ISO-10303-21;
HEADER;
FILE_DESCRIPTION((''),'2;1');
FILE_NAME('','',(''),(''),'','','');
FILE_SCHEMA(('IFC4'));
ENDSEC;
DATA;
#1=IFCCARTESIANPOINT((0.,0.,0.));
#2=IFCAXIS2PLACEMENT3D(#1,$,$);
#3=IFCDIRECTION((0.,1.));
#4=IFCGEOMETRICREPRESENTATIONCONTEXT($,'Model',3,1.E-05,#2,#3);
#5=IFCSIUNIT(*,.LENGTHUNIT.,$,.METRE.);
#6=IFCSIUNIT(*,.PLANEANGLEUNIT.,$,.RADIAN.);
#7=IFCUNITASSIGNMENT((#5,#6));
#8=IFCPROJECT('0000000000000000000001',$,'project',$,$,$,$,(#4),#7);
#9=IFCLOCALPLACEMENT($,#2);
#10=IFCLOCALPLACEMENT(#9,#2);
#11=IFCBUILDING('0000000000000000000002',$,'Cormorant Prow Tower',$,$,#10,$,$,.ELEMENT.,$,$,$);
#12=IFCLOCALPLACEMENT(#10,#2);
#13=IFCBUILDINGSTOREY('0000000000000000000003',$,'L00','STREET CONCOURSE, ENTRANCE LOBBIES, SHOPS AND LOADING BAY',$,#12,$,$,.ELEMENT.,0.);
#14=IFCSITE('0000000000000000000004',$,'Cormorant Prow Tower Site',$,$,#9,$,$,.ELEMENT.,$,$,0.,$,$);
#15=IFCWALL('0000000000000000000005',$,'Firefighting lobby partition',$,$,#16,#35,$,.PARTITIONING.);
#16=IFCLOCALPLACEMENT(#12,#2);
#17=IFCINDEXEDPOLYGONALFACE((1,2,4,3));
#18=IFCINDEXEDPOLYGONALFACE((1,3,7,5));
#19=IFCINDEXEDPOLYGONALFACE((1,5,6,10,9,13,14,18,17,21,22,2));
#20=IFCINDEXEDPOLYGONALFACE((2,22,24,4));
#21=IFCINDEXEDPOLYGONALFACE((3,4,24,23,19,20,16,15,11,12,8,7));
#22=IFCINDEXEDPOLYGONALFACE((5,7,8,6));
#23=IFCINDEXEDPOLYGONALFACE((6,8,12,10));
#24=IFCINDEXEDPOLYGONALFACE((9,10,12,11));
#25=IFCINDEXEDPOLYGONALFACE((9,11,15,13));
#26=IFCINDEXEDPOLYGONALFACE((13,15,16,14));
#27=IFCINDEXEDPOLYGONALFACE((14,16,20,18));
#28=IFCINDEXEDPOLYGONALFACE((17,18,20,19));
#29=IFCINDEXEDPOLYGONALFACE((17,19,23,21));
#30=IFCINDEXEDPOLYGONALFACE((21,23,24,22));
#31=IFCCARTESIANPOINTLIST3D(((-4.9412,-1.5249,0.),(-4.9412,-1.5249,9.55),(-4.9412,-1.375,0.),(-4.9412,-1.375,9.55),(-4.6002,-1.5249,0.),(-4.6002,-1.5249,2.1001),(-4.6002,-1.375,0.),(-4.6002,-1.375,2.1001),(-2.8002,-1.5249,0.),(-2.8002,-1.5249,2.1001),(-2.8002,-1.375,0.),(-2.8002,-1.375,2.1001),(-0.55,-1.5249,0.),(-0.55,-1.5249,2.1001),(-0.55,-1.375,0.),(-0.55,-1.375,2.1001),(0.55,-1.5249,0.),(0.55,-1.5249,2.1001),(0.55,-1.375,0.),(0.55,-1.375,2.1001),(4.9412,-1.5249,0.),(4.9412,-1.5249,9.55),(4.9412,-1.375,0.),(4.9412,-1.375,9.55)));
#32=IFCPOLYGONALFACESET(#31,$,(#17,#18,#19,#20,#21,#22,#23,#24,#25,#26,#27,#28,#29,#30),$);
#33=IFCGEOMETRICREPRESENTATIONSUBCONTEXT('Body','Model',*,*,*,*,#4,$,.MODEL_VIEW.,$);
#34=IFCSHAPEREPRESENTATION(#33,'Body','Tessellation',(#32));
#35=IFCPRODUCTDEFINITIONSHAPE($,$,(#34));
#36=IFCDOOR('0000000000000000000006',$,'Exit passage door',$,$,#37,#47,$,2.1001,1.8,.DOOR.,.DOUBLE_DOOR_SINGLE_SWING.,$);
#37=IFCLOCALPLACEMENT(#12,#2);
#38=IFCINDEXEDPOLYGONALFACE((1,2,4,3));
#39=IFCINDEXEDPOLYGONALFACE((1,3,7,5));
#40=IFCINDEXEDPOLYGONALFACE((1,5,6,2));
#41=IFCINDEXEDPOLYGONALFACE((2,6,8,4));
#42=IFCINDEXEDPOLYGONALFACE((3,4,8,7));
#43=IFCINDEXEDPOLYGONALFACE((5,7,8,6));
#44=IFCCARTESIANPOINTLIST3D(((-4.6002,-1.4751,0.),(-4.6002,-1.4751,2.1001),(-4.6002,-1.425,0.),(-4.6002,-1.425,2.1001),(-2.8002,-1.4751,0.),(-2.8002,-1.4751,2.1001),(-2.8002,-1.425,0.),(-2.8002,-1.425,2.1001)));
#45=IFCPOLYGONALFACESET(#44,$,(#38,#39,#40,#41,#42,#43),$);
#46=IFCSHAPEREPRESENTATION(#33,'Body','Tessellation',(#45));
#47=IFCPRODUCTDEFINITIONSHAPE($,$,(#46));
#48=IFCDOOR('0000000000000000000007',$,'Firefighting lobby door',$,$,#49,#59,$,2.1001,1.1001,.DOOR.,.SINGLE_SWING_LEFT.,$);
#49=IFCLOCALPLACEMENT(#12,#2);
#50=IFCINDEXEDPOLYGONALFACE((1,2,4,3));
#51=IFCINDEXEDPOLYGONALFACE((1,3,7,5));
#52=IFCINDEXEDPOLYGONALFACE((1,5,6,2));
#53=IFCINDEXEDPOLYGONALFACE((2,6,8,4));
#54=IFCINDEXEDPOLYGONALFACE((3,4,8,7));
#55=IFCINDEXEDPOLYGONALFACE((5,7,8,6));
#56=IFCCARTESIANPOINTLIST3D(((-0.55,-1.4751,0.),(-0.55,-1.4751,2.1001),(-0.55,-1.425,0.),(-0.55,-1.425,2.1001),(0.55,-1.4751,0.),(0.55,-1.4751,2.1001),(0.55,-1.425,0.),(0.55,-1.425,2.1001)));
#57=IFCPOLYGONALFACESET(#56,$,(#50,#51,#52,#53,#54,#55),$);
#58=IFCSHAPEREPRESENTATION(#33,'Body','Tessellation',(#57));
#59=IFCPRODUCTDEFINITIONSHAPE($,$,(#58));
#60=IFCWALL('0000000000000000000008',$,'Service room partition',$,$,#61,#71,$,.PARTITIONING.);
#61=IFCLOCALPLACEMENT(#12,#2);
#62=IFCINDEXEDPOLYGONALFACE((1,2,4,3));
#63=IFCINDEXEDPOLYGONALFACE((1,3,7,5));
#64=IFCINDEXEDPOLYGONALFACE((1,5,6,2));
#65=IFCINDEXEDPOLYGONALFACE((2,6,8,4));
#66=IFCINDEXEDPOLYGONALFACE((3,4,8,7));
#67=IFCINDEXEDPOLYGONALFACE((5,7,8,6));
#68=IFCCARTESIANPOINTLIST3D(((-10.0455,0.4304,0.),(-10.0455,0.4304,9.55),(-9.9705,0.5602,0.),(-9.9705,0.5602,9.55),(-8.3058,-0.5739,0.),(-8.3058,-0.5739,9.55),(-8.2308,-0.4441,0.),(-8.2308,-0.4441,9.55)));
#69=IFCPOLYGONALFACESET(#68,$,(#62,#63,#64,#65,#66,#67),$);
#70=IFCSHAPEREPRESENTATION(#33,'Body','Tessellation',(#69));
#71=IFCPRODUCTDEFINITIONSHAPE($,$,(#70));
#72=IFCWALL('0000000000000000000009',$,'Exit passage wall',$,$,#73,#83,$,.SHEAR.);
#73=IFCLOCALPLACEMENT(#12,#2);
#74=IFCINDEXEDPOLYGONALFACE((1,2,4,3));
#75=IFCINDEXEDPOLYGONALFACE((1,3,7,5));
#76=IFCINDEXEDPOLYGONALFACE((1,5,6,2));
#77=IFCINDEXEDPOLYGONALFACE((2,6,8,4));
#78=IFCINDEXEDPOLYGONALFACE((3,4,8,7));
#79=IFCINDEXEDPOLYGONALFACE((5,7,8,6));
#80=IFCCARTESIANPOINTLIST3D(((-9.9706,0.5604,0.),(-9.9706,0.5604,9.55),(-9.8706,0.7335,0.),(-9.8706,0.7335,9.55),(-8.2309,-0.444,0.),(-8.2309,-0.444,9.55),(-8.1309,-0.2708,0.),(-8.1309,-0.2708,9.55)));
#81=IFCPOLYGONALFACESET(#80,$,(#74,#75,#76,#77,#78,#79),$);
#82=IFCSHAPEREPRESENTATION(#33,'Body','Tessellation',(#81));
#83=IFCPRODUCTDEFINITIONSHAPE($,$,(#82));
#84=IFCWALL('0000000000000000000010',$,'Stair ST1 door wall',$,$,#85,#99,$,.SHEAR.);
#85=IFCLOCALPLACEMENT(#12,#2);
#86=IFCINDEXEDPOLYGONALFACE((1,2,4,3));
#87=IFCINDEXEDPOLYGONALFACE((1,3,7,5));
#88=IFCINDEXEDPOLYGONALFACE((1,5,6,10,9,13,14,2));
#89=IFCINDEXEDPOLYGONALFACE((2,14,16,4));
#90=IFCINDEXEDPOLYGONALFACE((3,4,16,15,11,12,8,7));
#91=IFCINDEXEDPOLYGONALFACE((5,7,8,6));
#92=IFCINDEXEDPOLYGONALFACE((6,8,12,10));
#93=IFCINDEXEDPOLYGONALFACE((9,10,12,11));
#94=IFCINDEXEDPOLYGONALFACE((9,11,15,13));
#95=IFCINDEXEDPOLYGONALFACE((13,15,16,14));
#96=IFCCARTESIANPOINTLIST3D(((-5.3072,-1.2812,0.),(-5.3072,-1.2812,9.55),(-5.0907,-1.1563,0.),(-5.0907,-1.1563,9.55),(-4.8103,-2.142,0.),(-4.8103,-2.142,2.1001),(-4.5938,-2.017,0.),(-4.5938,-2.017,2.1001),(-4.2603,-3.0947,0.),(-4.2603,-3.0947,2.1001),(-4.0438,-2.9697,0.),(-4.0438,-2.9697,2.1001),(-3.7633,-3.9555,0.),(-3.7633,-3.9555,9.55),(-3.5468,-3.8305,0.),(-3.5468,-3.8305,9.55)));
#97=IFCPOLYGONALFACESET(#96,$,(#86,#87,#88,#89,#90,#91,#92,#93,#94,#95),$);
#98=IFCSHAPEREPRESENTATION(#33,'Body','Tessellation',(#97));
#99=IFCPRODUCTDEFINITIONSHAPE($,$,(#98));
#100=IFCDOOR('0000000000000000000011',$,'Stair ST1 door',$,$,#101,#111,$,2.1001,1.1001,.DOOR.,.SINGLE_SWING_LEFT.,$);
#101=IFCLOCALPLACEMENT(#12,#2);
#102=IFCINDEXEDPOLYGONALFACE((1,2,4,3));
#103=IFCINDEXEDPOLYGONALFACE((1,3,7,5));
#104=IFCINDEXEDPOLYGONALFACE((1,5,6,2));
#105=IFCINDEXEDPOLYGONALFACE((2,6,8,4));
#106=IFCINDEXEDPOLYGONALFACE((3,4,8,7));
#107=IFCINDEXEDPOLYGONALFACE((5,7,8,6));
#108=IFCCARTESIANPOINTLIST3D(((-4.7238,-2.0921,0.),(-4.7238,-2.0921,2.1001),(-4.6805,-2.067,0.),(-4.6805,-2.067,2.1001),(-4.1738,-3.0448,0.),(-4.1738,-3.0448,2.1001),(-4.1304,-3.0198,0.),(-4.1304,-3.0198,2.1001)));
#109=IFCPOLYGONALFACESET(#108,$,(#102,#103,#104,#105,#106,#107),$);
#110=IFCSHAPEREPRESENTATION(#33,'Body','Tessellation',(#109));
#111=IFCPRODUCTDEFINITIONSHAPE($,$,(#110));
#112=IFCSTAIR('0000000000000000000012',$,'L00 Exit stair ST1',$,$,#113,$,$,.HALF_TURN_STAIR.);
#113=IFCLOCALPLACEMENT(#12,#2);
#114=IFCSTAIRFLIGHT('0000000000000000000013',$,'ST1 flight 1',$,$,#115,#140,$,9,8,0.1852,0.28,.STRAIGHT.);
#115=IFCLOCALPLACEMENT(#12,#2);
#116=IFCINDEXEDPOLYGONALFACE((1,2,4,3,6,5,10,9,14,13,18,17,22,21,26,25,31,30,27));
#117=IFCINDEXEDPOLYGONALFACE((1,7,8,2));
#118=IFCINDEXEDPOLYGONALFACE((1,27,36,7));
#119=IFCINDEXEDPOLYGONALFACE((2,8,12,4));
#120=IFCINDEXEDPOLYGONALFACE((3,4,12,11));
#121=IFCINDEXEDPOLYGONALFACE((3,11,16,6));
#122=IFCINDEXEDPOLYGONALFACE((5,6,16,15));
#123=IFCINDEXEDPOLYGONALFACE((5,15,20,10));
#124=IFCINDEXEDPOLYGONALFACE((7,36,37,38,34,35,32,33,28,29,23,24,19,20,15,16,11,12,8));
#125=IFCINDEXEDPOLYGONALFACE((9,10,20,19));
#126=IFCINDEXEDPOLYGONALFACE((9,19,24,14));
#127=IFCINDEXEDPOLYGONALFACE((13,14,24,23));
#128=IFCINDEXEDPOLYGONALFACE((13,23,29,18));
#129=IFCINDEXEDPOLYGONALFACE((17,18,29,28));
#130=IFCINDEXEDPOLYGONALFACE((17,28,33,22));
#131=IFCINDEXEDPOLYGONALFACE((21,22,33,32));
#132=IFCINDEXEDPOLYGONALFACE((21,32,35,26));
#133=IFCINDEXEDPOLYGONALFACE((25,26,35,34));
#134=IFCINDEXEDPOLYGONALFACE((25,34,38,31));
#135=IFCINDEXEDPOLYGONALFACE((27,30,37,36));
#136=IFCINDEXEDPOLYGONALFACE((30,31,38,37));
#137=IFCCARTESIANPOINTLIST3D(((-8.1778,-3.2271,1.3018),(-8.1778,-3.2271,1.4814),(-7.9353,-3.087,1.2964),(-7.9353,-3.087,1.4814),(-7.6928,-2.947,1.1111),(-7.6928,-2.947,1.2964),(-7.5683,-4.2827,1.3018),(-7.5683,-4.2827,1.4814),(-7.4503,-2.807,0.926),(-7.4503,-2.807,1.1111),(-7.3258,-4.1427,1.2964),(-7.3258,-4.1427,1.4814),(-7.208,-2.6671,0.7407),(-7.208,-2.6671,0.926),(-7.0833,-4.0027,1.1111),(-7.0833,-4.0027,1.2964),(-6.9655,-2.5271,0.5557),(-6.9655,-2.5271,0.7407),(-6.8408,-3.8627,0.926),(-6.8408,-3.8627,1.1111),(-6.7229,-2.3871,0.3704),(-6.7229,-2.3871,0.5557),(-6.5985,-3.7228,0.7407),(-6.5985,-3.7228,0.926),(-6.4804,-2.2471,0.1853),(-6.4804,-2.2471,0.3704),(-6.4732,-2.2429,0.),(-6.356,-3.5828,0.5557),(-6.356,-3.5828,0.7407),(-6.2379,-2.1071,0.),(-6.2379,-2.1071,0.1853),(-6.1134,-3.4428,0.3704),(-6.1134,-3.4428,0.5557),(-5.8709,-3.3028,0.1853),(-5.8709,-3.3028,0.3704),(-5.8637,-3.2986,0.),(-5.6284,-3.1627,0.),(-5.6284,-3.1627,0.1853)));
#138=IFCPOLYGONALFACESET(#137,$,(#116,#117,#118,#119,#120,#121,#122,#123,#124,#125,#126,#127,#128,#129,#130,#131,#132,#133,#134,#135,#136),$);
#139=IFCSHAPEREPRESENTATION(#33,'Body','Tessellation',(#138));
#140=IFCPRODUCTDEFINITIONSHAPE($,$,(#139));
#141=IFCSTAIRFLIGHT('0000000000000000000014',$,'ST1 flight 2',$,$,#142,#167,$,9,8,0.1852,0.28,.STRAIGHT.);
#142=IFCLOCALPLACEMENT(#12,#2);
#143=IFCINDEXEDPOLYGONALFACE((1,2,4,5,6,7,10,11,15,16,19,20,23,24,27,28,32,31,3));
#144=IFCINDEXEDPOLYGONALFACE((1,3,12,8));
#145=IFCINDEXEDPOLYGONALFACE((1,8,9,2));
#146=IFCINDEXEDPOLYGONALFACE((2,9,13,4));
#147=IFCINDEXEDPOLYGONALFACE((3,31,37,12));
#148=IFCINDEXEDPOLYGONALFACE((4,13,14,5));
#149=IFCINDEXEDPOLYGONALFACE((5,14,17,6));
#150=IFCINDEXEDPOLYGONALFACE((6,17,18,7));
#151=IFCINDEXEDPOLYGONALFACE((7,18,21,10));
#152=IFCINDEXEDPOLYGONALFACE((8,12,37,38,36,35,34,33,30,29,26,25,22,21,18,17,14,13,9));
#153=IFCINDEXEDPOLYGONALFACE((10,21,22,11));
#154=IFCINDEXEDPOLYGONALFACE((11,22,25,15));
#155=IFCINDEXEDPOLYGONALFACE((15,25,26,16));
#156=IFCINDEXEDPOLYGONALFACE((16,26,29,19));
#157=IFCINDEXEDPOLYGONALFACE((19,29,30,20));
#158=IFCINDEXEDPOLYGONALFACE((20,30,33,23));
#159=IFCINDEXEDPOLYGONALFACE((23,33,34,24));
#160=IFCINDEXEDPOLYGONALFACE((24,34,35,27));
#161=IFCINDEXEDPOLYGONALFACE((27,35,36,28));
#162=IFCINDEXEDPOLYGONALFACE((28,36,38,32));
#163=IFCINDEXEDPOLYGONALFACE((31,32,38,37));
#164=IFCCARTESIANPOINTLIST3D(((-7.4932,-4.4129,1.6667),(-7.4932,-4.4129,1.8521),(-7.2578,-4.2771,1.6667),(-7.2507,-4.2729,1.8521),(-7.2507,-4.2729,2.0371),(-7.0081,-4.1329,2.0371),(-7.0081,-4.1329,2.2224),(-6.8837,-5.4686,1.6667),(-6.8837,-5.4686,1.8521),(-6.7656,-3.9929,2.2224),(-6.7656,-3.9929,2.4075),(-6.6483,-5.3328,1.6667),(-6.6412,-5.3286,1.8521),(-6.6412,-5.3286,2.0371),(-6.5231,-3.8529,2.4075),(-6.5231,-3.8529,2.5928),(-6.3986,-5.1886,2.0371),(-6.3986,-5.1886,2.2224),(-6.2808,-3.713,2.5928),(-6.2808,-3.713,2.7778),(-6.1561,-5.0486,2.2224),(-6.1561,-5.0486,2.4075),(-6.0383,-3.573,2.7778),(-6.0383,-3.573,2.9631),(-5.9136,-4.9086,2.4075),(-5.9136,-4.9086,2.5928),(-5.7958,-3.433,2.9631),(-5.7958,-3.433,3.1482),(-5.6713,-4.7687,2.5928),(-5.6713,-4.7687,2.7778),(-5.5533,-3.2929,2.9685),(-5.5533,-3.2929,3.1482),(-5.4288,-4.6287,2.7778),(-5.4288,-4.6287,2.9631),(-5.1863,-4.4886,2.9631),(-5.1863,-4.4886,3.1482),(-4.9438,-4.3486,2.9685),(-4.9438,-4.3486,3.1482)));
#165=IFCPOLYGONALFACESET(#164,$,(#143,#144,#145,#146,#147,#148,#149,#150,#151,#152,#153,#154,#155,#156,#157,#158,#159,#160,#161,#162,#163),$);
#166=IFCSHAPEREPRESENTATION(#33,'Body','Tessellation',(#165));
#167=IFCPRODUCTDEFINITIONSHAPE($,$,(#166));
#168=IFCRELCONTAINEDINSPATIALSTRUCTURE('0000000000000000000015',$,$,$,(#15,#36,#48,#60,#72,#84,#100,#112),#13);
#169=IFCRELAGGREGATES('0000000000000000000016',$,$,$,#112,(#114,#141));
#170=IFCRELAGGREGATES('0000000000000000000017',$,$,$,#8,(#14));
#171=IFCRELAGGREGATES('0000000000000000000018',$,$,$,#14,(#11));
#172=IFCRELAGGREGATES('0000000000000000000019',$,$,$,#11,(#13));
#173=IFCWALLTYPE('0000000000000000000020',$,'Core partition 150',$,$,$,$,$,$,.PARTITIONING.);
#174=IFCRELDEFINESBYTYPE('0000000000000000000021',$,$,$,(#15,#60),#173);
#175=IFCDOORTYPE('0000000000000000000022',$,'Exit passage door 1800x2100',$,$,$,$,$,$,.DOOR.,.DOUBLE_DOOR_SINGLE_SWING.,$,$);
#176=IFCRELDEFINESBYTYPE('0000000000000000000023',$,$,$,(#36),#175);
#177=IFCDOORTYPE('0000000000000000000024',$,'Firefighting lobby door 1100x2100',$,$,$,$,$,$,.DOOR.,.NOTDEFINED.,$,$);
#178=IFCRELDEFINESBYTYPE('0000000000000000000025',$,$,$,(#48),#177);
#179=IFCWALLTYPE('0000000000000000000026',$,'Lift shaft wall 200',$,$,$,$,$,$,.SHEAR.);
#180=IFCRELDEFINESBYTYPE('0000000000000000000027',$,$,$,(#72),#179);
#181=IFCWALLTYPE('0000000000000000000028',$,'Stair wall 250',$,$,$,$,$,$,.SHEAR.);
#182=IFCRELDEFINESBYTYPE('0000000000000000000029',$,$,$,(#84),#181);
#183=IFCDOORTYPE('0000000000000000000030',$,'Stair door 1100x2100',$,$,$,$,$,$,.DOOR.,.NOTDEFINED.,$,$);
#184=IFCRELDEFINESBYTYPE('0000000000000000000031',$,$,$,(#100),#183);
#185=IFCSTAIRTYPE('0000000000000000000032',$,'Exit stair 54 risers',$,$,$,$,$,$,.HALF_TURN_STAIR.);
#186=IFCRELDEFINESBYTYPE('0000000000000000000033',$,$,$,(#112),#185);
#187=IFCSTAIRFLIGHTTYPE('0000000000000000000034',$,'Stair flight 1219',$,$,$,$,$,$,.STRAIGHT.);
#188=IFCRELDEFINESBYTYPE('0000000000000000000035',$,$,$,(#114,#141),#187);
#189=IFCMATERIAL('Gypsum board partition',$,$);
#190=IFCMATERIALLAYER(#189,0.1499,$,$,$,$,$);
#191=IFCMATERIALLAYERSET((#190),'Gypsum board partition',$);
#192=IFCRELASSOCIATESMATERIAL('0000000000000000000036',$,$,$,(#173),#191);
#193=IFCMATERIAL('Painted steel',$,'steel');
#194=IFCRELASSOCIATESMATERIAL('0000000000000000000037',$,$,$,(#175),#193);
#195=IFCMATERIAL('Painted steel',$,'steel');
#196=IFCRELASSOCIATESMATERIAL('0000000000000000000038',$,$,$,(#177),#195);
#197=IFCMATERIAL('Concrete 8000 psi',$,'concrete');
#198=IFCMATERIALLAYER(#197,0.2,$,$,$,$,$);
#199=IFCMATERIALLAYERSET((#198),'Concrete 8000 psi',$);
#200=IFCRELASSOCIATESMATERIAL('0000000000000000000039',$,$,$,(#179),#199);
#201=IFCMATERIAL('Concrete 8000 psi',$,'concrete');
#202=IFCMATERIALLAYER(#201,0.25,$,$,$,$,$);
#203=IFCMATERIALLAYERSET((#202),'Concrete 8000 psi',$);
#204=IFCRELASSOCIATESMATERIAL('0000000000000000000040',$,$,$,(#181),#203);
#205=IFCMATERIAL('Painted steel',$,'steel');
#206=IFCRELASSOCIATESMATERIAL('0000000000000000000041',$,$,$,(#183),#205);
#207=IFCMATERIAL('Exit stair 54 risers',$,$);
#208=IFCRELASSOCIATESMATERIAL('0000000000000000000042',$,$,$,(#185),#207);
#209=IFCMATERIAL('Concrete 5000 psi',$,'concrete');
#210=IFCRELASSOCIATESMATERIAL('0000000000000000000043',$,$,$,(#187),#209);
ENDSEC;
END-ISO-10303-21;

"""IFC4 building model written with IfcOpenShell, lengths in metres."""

from ifc_helpers import new_model, si_unit, direction, frame, frame_2d, origin, place, context, subcontext, project, spatial, polyline, rectangle, outline, extrude, material, layer, layer_set, type_object, element, fill, aggregate, save


model = new_model("IFC4")

# Units and contexts
model_context = context("Model", 3, precision=1e-05, world=origin(), true_north=direction((0.0, 1.0)))
body_context = subcontext(model_context, "Body", "Model", "MODEL_VIEW")
ifc_project = project(units=[si_unit("LENGTHUNIT", "METRE"), si_unit("PLANEANGLEUNIT", "RADIAN")], contexts=[model_context])

# Site, building, storey
site_placement = place(None, origin())
site = spatial("IfcSite", under=ifc_project, at=site_placement, Name="Cormorant Prow Tower Site", CompositionType="ELEMENT", RefElevation=0.0)
building_placement = place(site_placement, origin())
building = spatial("IfcBuilding", under=site, at=building_placement, Name="Cormorant Prow Tower", CompositionType="ELEMENT")
storey_placement = place(building_placement, origin())
storey = spatial("IfcBuildingStorey", under=building, at=storey_placement, Name="L00", Description="STREET CONCOURSE, ENTRANCE LOBBIES, SHOPS AND LOADING BAY", CompositionType="ELEMENT", Elevation=0.0)

# Wall, openings, doors
ifc_material_1 = material(Name="Gypsum board partition")
ifc_layer_1 = layer(ifc_material_1, 0.1499)
ifc_layer_set_1 = layer_set([ifc_layer_1], Name="Gypsum board partition")
wall_type_1 = type_object("IfcWallType", Name="Core partition 150", PredefinedType="PARTITIONING", material=ifc_layer_set_1)
wall_1_placement = place(storey_placement, frame((-4.9412, -1.45, 0.0), z_axis=(0.0, 0.0, 1.0), x_axis=(1.0, 0.0, 0.0)))
wall_1 = element("IfcWall", 1, at=wall_1_placement, inside=storey, type_object=wall_type_1, Name="Firefighting lobby partition", PredefinedType="PARTITIONING", context=body_context, shape_type="SweptSolid", body=[
    extrude(rectangle(XDim=9.8823, YDim=0.1499, at=frame_2d((4.9412, 0.0))), origin(), (0.0, 0.0, 1.0), 9.55),
])
opening_1_placement = place(wall_1_placement, frame((4.3911, 0.0, 0.0)))
opening_1 = element("IfcOpeningElement", 2, at=opening_1_placement, cuts=wall_1, PredefinedType="OPENING", context=body_context, shape_type="SweptSolid", body=[
    extrude(rectangle(XDim=1.1001, YDim=2.1001, at=frame_2d((0.55, 1.05))), frame((0.0, 0.085, 0.0), z_axis=(0.0, -1.0, 0.0), x_axis=(1.0, 0.0, 0.0)), (0.0, 0.0, 1.0), 0.1699),
])
opening_2_placement = place(wall_1_placement, frame((0.3411, 0.0, 0.0)))
opening_2 = element("IfcOpeningElement", 3, at=opening_2_placement, cuts=wall_1, PredefinedType="OPENING", context=body_context, shape_type="SweptSolid", body=[
    extrude(rectangle(XDim=1.8, YDim=2.1001, at=frame_2d((0.8999, 1.05))), frame((0.0, 0.085, 0.0), z_axis=(0.0, -1.0, 0.0), x_axis=(1.0, 0.0, 0.0)), (0.0, 0.0, 1.0), 0.1699),
])
ifc_material_2 = material(Name="Painted steel", Category="steel")
door_type_1 = type_object("IfcDoorType", Name="Exit passage door 1800x2100", OperationType="DOUBLE_DOOR_SINGLE_SWING", PredefinedType="DOOR", material=ifc_material_2)
door_1_placement = place(opening_2_placement, origin())
door_1 = element("IfcDoor", 4, at=door_1_placement, inside=storey, type_object=door_type_1, Name="Exit passage door", OperationType="DOUBLE_DOOR_SINGLE_SWING", OverallHeight=2.1001, OverallWidth=1.8, PredefinedType="DOOR", context=body_context, shape_type="SweptSolid", body=[
    extrude(rectangle(XDim=1.8, YDim=2.1001, at=frame_2d((0.8999, 1.05))), frame((0.0, 0.0249, 0.0), z_axis=(0.0, -1.0, 0.0), x_axis=(1.0, 0.0, 0.0)), (0.0, 0.0, 1.0), 0.05),
])
fill(opening_2, door_1)
ifc_material_3 = material(Name="Painted steel", Category="steel")
door_type_2 = type_object("IfcDoorType", Name="Firefighting lobby door 1100x2100", OperationType="NOTDEFINED", PredefinedType="DOOR", material=ifc_material_3)
door_2_placement = place(opening_1_placement, origin())
door_2 = element("IfcDoor", 5, at=door_2_placement, inside=storey, type_object=door_type_2, Name="Firefighting lobby door", OperationType="SINGLE_SWING_LEFT", OverallHeight=2.1001, OverallWidth=1.1001, PredefinedType="DOOR", context=body_context, shape_type="SweptSolid", body=[
    extrude(rectangle(XDim=1.1001, YDim=2.1001, at=frame_2d((0.55, 1.05))), frame((0.0, 0.0249, 0.0), z_axis=(0.0, -1.0, 0.0), x_axis=(1.0, 0.0, 0.0)), (0.0, 0.0, 1.0), 0.05),
])
fill(opening_1, door_2)

# Walls
wall_2_placement = place(storey_placement, frame((-8.2683, -0.509, 0.0), z_axis=(0.0, 0.0, 1.0), x_axis=(-0.866036, 0.499982, 0.0)))
element("IfcWall", 6, at=wall_2_placement, inside=storey, type_object=wall_type_1, Name="Service room partition", PredefinedType="PARTITIONING", context=body_context, shape_type="SweptSolid", body=[
    extrude(rectangle(XDim=2.0088, YDim=0.1499, at=frame_2d((1.0044, 0.0))), origin(), (0.0, 0.0, 1.0), 9.55),
])
ifc_material_4 = material(Name="Concrete 8000 psi", Category="concrete")
ifc_layer_2 = layer(ifc_material_4, 0.2)
ifc_layer_set_2 = layer_set([ifc_layer_2], Name="Concrete 8000 psi")
wall_type_2 = type_object("IfcWallType", Name="Lift shaft wall 200", PredefinedType="SHEAR", material=ifc_layer_set_2)
wall_3_placement = place(storey_placement, frame((-8.1809, -0.3574, 0.0), z_axis=(0.0, 0.0, 1.0), x_axis=(-0.866036, 0.499982, 0.0)))
element("IfcWall", 7, at=wall_3_placement, inside=storey, type_object=wall_type_2, Name="Exit passage wall", PredefinedType="SHEAR", context=body_context, shape_type="SweptSolid", body=[
    extrude(rectangle(XDim=2.0088, YDim=0.2, at=frame_2d((1.0044, 0.0))), origin(), (0.0, 0.0, 1.0), 9.55),
])

# Wall, opening, door
ifc_material_5 = material(Name="Concrete 8000 psi", Category="concrete")
ifc_layer_3 = layer(ifc_material_5, 0.25)
ifc_layer_set_3 = layer_set([ifc_layer_3], Name="Concrete 8000 psi")
wall_type_3 = type_object("IfcWallType", Name="Stair wall 250", PredefinedType="SHEAR", material=ifc_layer_set_3)
wall_4_placement = place(storey_placement, frame((-5.199, -1.2188, 0.0), z_axis=(0.0, 0.0, 1.0), x_axis=(0.499983, -0.866035, 0.0)))
wall_4 = element("IfcWall", 8, at=wall_4_placement, inside=storey, type_object=wall_type_3, Name="Stair ST1 door wall", PredefinedType="SHEAR", context=body_context, shape_type="SweptSolid", body=[
    extrude(rectangle(XDim=3.0879, YDim=0.25, at=frame_2d((1.5439, 0.0))), origin(), (0.0, 0.0, 1.0), 9.55),
])
opening_3_placement = place(wall_4_placement, frame((0.9939, 0.0, 0.0)))
opening_3 = element("IfcOpeningElement", 9, at=opening_3_placement, cuts=wall_4, PredefinedType="OPENING", context=body_context, shape_type="SweptSolid", body=[
    extrude(rectangle(XDim=1.1001, YDim=2.1001, at=frame_2d((0.55, 1.05))), frame((0.0, 0.135, 0.0), z_axis=(0.0, -1.0, 0.0), x_axis=(1.0, 0.0, 0.0)), (0.0, 0.0, 1.0), 0.27),
])
ifc_material_6 = material(Name="Painted steel", Category="steel")
door_type_3 = type_object("IfcDoorType", Name="Stair door 1100x2100", OperationType="NOTDEFINED", PredefinedType="DOOR", material=ifc_material_6)
door_3_placement = place(opening_3_placement, origin())
door_3 = element("IfcDoor", 10, at=door_3_placement, inside=storey, type_object=door_type_3, Name="Stair ST1 door", OperationType="SINGLE_SWING_LEFT", OverallHeight=2.1001, OverallWidth=1.1001, PredefinedType="DOOR", context=body_context, shape_type="SweptSolid", body=[
    extrude(rectangle(XDim=1.1001, YDim=2.1001, at=frame_2d((0.55, 1.05))), frame((0.0, 0.0249, 0.0), z_axis=(0.0, -1.0, 0.0), x_axis=(1.0, 0.0, 0.0)), (0.0, 0.0, 1.0), 0.05),
])
fill(opening_3, door_3)

# Stair, stair flights
ifc_material_7 = material(Name="Exit stair 54 risers")
stair_type = type_object("IfcStairType", Name="Exit stair 54 risers", PredefinedType="HALF_TURN_STAIR", material=ifc_material_7)
stair_placement = place(storey_placement, origin())
stair = element("IfcStair", 11, at=stair_placement, inside=storey, type_object=stair_type, Name="L00 Exit stair ST1", PredefinedType="HALF_TURN_STAIR")
ifc_material_8 = material(Name="Concrete 5000 psi", Category="concrete")
stair_flight_type = type_object("IfcStairFlightType", Name="Stair flight 1219", PredefinedType="STRAIGHT", material=ifc_material_8)
stair_flight_1_placement = place(storey_placement, frame((-5.9331, -2.635, 0.0), z_axis=(0.0, 0.0, 1.0), x_axis=(-0.866025, -0.5, 0.0)))
stair_flight_1 = element("IfcStairFlight", 12, at=stair_flight_1_placement, type_object=stair_flight_type, Name="ST1 flight 1", NumberOfRisers=9, NumberOfTreads=8, PredefinedType="STRAIGHT", RiserHeight=0.1852, TreadLength=0.28, context=body_context, shape_type="SweptSolid", body=[
    extrude(outline(polyline([(0.0, 0.0), (0.0, 0.1853), (0.28, 0.1853), (0.28, 0.3704), (0.5601, 0.3704), (0.5601, 0.5557), (0.8401, 0.5557), (0.8401, 0.7407), (1.1201, 0.7407), (1.1201, 0.926), (1.3999, 0.926), (1.3999, 1.1111), (1.6799, 1.1111), (1.6799, 1.2964), (1.96, 1.2964), (1.96, 1.4814), (2.24, 1.4814), (2.24, 1.6667), (2.24, 1.3018), (0.2717, 0.0), (0.0, 0.0)])), frame((0.0, 0.6094, 0.0), z_axis=(0.0, -1.0, 0.0), x_axis=(1.0, 0.0, 0.0)), (0.0, 0.0, 1.0), 1.219),
])
stair_flight_2_placement = place(storey_placement, frame((-7.1885, -4.9407, 1.6667), z_axis=(0.0, 0.0, 1.0), x_axis=(0.866025, 0.5, 0.0)))
stair_flight_2 = element("IfcStairFlight", 13, at=stair_flight_2_placement, type_object=stair_flight_type, Name="ST1 flight 2", NumberOfRisers=9, NumberOfTreads=8, PredefinedType="STRAIGHT", RiserHeight=0.1852, TreadLength=0.28, context=body_context, shape_type="SweptSolid", body=[
    extrude(outline(polyline([(0.0, 0.0), (0.0, 0.1853), (0.28, 0.1853), (0.28, 0.3704), (0.5601, 0.3704), (0.5601, 0.5557), (0.8401, 0.5557), (0.8401, 0.7407), (1.1201, 0.7407), (1.1201, 0.926), (1.3999, 0.926), (1.3999, 1.1111), (1.6799, 1.1111), (1.6799, 1.2964), (1.96, 1.2964), (1.96, 1.4814), (2.24, 1.4814), (2.24, 1.6667), (2.24, 1.3018), (0.2717, 0.0), (0.0, 0.0)])), frame((0.0, 0.6094, 0.0), z_axis=(0.0, -1.0, 0.0), x_axis=(1.0, 0.0, 0.0)), (0.0, 0.0, 1.0), 1.219),
])
aggregate(stair, [stair_flight_1, stair_flight_2])

save(model, "model.ifc")
